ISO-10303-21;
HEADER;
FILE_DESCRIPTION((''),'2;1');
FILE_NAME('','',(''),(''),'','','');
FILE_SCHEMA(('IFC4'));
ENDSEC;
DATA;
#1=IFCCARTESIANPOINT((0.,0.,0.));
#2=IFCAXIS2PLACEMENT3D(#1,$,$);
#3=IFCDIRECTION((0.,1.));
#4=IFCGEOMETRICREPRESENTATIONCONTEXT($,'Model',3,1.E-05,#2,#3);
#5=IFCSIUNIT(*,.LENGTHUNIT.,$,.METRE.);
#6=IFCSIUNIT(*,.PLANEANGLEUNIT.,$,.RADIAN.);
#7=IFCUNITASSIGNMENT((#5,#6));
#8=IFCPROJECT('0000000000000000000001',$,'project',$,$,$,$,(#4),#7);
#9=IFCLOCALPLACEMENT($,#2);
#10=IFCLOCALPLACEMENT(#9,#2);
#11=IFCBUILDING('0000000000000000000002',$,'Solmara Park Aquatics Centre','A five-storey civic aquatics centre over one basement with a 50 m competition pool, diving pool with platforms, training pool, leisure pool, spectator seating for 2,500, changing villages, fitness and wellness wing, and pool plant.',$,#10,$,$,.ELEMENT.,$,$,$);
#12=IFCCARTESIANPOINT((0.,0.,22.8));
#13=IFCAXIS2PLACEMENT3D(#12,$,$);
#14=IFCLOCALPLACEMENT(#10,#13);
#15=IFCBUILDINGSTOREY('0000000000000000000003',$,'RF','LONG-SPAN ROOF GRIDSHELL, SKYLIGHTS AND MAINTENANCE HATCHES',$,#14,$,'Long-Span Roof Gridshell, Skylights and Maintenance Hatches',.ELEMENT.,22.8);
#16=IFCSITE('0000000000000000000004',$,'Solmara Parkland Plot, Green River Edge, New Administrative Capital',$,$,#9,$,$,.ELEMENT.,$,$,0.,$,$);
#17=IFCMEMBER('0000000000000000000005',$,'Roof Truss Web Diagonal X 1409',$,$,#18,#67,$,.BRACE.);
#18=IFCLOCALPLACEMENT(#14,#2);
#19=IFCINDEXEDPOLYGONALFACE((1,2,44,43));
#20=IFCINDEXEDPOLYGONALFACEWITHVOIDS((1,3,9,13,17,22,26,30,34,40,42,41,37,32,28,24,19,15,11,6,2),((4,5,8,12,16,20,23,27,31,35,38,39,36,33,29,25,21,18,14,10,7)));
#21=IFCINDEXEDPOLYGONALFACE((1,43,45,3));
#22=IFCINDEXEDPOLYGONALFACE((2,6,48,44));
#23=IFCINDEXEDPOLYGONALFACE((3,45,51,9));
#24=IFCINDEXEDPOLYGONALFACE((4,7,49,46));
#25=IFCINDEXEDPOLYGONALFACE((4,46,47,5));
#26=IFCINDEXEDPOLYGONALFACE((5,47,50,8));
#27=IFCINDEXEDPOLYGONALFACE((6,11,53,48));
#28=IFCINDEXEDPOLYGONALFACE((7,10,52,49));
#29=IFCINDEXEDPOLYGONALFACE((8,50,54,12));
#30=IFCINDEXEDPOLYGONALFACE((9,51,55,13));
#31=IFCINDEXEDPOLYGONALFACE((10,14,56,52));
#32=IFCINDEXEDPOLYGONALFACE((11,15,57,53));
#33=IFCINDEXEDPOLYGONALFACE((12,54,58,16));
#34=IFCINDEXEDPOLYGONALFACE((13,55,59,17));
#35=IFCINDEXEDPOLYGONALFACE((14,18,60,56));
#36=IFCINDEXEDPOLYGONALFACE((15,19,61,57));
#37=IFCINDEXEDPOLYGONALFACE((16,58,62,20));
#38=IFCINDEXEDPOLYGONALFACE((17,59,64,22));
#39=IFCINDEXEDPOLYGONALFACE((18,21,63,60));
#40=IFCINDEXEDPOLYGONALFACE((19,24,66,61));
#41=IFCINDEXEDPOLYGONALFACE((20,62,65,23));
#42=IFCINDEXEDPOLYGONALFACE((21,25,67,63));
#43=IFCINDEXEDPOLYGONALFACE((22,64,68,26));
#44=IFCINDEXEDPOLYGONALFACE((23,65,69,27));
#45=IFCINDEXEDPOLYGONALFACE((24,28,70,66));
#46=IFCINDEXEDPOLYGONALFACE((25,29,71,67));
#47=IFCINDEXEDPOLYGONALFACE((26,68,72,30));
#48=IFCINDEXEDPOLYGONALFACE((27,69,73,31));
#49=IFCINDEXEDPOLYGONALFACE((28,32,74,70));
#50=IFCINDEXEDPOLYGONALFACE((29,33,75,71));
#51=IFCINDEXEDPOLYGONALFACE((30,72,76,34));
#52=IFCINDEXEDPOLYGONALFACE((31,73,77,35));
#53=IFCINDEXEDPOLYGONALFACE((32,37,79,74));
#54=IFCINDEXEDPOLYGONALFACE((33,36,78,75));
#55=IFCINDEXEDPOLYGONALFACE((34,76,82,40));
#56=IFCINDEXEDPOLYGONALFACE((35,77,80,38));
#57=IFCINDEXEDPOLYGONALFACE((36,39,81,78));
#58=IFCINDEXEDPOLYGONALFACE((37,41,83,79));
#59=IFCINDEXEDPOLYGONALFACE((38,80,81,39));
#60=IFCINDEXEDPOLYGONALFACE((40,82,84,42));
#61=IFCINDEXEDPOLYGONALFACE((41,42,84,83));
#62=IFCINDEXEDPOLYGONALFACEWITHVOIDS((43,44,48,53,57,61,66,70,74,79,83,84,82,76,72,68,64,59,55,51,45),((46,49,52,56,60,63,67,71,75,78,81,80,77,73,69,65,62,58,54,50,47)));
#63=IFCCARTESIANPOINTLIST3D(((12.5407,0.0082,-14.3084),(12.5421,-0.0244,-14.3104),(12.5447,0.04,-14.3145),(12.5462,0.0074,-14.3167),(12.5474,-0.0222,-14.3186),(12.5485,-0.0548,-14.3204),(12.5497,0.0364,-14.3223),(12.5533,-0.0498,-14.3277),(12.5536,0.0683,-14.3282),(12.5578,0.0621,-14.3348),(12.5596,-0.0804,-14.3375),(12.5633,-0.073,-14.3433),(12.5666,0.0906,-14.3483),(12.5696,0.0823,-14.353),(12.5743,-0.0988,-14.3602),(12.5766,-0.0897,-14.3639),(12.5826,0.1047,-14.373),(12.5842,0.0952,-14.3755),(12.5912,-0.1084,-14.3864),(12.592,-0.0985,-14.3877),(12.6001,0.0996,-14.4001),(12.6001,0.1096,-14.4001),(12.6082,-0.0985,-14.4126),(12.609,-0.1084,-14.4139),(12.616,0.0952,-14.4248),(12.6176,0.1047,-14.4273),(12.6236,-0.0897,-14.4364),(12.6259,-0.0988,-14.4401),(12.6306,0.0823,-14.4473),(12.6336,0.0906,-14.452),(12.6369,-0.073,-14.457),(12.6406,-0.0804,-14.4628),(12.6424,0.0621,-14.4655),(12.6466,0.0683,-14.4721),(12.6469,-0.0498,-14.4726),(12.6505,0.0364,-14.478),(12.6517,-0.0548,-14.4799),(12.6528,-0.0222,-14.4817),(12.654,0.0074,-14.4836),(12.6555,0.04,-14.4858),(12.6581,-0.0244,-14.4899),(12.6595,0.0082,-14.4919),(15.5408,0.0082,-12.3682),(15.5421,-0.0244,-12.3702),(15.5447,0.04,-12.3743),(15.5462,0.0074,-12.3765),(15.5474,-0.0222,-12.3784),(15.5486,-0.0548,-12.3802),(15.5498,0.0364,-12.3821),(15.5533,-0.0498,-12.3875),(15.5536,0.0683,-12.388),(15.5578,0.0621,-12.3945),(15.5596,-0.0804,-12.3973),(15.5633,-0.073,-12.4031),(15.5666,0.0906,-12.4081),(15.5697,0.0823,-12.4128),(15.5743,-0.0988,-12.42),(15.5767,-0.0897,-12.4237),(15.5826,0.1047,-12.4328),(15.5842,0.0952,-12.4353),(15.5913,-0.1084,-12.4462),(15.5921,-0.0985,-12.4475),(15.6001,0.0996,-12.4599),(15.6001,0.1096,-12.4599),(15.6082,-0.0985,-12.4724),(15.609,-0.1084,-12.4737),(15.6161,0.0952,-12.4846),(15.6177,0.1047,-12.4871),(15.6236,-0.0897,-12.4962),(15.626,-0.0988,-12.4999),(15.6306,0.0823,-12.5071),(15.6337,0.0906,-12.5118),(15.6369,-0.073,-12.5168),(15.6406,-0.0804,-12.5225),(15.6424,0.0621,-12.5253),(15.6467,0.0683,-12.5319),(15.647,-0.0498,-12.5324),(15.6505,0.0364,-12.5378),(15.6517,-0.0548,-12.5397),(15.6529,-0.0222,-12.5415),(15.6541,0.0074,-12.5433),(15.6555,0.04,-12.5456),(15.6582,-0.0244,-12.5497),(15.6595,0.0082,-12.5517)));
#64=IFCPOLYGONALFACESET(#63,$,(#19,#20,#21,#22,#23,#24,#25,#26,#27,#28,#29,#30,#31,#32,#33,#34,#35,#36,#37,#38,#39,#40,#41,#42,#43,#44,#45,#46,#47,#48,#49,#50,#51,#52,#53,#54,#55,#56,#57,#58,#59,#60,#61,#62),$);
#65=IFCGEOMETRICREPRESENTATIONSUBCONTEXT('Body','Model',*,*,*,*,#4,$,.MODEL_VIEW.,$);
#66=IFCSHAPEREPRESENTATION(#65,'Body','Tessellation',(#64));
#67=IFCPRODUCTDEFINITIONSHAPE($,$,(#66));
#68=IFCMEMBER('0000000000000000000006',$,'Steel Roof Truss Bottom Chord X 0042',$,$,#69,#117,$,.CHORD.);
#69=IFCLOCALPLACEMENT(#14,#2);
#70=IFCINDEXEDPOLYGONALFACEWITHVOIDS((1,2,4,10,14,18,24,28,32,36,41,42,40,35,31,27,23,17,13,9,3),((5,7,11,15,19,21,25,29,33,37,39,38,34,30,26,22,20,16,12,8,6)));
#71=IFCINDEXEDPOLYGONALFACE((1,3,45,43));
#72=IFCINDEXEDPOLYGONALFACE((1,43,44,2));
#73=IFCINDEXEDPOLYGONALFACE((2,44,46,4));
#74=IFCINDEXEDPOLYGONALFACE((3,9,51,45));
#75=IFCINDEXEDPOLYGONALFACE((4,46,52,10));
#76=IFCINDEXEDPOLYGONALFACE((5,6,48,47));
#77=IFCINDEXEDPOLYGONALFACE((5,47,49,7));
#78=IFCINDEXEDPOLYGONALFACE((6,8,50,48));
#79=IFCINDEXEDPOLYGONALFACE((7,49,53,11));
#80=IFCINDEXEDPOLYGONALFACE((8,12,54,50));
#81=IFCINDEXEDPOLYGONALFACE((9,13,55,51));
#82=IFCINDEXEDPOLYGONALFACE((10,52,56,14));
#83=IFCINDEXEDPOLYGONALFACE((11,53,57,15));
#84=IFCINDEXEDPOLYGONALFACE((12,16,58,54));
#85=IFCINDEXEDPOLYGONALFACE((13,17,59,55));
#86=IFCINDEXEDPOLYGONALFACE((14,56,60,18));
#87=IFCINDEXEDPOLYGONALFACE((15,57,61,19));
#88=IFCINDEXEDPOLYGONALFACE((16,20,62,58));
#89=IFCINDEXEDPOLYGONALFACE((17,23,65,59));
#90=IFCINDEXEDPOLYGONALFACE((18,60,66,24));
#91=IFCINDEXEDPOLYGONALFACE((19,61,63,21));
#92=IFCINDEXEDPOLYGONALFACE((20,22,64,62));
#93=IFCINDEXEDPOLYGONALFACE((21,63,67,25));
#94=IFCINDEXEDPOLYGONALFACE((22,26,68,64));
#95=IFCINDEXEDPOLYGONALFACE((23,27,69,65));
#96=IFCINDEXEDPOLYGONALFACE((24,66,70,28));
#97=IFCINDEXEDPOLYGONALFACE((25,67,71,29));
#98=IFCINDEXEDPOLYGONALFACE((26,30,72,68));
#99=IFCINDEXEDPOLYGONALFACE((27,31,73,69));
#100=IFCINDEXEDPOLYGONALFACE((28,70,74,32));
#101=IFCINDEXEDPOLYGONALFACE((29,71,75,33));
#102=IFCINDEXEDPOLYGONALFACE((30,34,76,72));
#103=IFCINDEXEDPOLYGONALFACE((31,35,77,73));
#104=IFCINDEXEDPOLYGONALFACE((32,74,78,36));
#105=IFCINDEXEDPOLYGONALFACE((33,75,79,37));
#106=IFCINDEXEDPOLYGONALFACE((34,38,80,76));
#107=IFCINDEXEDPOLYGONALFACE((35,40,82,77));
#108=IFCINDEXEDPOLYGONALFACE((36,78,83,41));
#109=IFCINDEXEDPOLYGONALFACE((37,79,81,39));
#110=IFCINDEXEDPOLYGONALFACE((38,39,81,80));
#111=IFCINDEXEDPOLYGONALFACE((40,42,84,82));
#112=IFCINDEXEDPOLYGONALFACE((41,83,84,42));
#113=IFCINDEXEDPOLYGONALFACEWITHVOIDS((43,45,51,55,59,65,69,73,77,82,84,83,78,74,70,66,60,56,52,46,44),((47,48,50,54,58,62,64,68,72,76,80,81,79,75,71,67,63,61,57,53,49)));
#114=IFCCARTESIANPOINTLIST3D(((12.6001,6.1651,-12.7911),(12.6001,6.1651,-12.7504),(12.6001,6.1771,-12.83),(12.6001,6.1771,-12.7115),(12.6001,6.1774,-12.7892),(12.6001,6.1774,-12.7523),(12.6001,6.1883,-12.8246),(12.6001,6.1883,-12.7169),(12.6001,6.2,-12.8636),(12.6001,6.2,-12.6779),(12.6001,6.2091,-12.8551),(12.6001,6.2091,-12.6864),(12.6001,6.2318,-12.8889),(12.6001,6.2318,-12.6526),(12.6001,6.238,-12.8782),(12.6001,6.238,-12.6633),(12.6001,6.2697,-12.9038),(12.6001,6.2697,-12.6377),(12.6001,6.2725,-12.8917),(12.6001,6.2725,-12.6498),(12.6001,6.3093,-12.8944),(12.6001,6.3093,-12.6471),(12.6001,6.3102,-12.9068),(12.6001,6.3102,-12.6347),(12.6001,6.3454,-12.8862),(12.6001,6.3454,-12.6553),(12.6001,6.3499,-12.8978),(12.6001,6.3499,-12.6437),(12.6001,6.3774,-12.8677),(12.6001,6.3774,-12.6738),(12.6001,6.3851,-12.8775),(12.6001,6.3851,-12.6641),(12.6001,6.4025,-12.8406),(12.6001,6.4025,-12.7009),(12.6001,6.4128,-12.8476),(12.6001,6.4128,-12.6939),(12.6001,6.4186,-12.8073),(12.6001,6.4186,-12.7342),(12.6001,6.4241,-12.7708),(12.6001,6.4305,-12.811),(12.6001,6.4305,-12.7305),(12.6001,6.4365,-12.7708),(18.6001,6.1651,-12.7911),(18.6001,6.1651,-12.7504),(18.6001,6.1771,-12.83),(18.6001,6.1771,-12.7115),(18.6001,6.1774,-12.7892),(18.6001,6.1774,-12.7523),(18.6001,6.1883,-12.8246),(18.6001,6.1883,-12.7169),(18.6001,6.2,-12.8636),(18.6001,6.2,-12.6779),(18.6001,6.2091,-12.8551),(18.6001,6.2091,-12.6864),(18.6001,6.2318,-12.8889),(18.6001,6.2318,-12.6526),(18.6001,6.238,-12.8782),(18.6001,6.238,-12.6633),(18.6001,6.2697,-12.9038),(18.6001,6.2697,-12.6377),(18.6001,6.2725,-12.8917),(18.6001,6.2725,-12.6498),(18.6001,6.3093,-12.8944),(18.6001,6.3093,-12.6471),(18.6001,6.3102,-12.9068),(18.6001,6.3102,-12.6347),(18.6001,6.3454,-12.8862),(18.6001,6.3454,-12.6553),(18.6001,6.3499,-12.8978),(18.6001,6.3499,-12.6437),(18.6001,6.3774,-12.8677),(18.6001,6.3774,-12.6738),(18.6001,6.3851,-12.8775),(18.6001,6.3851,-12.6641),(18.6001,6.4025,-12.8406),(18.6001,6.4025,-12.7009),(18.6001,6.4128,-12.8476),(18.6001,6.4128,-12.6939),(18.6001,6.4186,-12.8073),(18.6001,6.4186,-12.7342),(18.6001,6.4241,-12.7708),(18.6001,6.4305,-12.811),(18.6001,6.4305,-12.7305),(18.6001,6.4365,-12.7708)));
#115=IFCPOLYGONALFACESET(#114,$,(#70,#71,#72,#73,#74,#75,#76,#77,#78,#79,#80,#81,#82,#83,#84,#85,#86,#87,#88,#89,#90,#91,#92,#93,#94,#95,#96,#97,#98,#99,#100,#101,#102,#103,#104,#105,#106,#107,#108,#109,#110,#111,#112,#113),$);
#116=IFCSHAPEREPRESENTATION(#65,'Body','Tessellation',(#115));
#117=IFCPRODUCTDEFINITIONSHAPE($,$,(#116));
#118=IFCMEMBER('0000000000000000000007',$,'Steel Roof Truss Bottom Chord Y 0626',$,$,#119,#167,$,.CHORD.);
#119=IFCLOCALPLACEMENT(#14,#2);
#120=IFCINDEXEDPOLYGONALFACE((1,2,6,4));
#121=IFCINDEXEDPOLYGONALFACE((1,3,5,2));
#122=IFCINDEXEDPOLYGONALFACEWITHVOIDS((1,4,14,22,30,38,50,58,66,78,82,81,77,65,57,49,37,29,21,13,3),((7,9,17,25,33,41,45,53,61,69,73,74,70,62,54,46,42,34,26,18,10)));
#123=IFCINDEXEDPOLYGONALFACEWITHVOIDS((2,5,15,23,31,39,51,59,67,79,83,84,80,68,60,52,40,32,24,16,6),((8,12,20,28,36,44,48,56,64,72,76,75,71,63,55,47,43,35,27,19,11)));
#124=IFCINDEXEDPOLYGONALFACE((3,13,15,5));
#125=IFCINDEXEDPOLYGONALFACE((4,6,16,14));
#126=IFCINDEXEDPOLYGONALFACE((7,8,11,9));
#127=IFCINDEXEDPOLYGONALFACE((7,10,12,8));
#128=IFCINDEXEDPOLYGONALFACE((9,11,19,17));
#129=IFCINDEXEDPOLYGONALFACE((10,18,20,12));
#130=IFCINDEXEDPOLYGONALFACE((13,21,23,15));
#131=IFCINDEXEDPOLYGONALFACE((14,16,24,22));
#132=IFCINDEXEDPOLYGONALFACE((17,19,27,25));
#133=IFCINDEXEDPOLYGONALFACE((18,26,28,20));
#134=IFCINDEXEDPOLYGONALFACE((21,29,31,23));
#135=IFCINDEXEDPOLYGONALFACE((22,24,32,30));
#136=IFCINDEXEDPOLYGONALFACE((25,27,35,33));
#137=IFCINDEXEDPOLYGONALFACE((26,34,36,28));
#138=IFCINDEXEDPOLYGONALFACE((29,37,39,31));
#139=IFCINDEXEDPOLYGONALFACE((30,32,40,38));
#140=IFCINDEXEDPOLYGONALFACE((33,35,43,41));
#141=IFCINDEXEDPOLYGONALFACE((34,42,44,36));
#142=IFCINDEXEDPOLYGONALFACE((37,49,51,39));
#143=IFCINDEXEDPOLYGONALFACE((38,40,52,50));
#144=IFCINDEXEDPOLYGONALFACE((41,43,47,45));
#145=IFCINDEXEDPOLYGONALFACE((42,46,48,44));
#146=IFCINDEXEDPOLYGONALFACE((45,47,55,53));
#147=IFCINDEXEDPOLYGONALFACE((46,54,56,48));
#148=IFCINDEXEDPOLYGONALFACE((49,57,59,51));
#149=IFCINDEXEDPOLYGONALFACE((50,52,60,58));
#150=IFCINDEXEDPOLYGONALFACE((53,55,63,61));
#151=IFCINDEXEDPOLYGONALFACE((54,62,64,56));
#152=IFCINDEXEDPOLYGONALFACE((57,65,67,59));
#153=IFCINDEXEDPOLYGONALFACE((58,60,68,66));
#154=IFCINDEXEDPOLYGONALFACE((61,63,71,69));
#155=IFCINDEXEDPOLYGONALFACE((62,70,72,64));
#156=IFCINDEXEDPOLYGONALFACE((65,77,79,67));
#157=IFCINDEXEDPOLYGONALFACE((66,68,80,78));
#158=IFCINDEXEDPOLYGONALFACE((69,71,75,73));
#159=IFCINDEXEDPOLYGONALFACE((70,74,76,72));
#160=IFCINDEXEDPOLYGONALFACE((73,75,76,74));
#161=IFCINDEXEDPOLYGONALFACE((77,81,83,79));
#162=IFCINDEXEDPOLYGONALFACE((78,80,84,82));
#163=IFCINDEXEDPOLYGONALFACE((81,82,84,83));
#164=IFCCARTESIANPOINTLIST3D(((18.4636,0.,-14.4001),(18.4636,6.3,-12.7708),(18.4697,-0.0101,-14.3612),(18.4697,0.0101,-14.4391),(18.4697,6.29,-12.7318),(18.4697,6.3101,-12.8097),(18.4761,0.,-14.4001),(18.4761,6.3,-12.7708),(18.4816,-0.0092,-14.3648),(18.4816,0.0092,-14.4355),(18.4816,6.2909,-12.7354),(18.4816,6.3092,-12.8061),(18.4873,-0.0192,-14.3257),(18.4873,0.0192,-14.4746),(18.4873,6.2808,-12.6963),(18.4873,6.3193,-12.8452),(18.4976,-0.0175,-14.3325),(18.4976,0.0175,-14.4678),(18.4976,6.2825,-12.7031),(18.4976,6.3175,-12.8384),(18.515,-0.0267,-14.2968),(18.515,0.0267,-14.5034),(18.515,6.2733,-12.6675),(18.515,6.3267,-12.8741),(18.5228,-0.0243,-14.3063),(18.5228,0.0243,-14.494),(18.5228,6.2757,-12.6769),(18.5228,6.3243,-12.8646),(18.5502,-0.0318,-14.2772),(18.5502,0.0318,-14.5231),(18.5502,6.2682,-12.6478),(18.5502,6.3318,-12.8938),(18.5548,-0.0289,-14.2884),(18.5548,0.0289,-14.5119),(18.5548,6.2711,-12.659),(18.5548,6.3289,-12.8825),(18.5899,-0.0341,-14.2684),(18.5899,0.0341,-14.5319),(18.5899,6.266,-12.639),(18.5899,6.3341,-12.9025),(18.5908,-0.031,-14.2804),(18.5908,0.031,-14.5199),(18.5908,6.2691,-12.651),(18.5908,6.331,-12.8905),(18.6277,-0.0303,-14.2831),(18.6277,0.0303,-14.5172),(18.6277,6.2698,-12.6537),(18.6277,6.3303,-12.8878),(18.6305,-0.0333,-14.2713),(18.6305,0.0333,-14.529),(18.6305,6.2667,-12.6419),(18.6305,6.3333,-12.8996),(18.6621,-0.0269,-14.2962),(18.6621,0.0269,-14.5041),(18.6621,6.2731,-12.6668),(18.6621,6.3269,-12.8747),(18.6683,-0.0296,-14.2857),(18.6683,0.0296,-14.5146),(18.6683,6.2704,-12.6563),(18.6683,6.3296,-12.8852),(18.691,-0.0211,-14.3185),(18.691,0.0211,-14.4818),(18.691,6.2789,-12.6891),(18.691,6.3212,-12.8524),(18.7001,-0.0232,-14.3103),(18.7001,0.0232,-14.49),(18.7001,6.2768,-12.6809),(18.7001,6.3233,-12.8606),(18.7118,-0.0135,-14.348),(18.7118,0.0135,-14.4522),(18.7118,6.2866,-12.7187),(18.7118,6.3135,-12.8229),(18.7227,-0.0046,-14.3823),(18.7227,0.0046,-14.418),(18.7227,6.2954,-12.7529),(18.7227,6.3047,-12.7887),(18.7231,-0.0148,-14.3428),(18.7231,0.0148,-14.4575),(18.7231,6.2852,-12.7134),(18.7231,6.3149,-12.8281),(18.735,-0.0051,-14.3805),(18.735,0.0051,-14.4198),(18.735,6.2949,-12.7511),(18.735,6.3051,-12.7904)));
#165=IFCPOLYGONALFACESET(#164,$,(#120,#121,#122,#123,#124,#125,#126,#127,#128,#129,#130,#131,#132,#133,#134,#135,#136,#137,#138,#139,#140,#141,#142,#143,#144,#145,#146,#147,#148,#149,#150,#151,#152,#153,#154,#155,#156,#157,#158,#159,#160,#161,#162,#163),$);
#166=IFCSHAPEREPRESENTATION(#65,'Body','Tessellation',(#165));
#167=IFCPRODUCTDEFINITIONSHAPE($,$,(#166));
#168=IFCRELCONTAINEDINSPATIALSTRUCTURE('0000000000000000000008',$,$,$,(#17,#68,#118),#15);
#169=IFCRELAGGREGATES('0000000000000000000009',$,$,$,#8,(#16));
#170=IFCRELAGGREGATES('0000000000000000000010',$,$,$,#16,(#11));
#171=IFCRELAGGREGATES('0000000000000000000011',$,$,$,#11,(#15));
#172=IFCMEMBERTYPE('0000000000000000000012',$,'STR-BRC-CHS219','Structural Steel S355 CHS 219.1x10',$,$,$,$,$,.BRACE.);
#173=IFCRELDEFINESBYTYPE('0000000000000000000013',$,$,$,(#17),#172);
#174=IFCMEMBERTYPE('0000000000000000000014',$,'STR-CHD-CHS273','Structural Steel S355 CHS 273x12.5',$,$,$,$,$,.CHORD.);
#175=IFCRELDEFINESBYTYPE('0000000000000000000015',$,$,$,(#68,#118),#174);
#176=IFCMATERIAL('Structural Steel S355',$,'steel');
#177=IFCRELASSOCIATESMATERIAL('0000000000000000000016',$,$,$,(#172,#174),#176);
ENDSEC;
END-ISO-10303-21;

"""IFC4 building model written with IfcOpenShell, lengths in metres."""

from ifc_helpers import new_model, si_unit, direction, frame, origin, origin_2d, place, context, subcontext, project, spatial, hollow_circle, extrude, material, material_profile, profile_set, type_object, element, save


model = new_model("IFC4")

# Units and contexts
model_context = context("Model", 3, precision=1e-05, world=origin(), true_north=direction((0.0, 1.0)))
body_context = subcontext(model_context, "Body", "Model", "MODEL_VIEW")
ifc_project = project(units=[si_unit("LENGTHUNIT", "METRE"), si_unit("PLANEANGLEUNIT", "RADIAN")], contexts=[model_context])

# Site, building, storey
site_placement = place(None, origin())
site = spatial("IfcSite", under=ifc_project, at=site_placement, Name="Solmara Parkland Plot, Green River Edge, New Administrative Capital", CompositionType="ELEMENT", RefElevation=0.0)
building_placement = place(site_placement, origin())
building = spatial("IfcBuilding", under=site, at=building_placement, Name="Solmara Park Aquatics Centre", Description="A five-storey civic aquatics centre over one basement with a 50 m competition pool, diving pool with platforms, training pool, leisure pool, spectator seating for 2,500, changing villages, fitness and wellness wing, and pool plant.", CompositionType="ELEMENT")
storey_placement = place(building_placement, frame((0.0, 0.0, 22.8)))
storey = spatial("IfcBuildingStorey", under=building, at=storey_placement, Name="RF", Description="LONG-SPAN ROOF GRIDSHELL, SKYLIGHTS AND MAINTENANCE HATCHES", LongName="Long-Span Roof Gridshell, Skylights and Maintenance Hatches", CompositionType="ELEMENT", Elevation=22.8)

# Members
ifc_material_1 = material(Name="Structural Steel S355", Category="steel")
ifc_material_profile_1 = material_profile(ifc_material_1, hollow_circle(Radius=0.1096, WallThickness=0.01, at=origin_2d()), Name="CHS 219.1x10")
ifc_profile_set_1 = profile_set([ifc_material_profile_1], Name="Structural Steel S355")
member_type_1 = type_object("IfcMemberType", Name="STR-BRC-CHS219", Description="Structural Steel S355 CHS 219.1x10", PredefinedType="BRACE", material=ifc_profile_set_1)
member_1_placement = place(storey_placement, frame((12.6001, 0.0, -14.4001), z_axis=(0.839697, 0.0, 0.543056), x_axis=(0.0, 1.0, 0.0)))
element("IfcMember", 1, at=member_1_placement, inside=storey, type_object=member_type_1, Name="Roof Truss Web Diagonal X 1409", PredefinedType="BRACE", context=body_context, shape_type="SweptSolid", body=[
    extrude(hollow_circle(Radius=0.1096, WallThickness=0.01, at=origin_2d()), origin(), (0.0, 0.0, 1.0), 3.5728),
])
ifc_material_profile_2 = material_profile(ifc_material_1, hollow_circle(Radius=0.1365, WallThickness=0.0125, at=origin_2d()), Name="CHS 273x12.5")
ifc_profile_set_2 = profile_set([ifc_material_profile_2], Name="Structural Steel S355")
member_type_2 = type_object("IfcMemberType", Name="STR-CHD-CHS273", Description="Structural Steel S355 CHS 273x12.5", PredefinedType="CHORD", material=ifc_profile_set_2)
member_2_placement = place(storey_placement, frame((12.6001, 6.3, -12.7708), z_axis=(1.0, 0.0, 0.0), x_axis=(0.0, 1.0, 0.0)))
element("IfcMember", 2, at=member_2_placement, inside=storey, type_object=member_type_2, Name="Steel Roof Truss Bottom Chord X 0042", PredefinedType="CHORD", context=body_context, shape_type="SweptSolid", body=[
    extrude(hollow_circle(Radius=0.1365, WallThickness=0.0125, at=origin_2d()), origin(), (0.0, 0.0, 1.0), 6.0),
])
member_3_placement = place(storey_placement, frame((18.6001, 0.0, -14.4001), z_axis=(0.0, 0.968144, 0.250393), x_axis=(-1.0, 0.0, 0.0)))
element("IfcMember", 3, at=member_3_placement, inside=storey, type_object=member_type_2, Name="Steel Roof Truss Bottom Chord Y 0626", PredefinedType="CHORD", context=body_context, shape_type="SweptSolid", body=[
    extrude(hollow_circle(Radius=0.1365, WallThickness=0.0125, at=origin_2d()), origin(), (0.0, 0.0, 1.0), 6.5073),
])

save(model, "model.ifc")
